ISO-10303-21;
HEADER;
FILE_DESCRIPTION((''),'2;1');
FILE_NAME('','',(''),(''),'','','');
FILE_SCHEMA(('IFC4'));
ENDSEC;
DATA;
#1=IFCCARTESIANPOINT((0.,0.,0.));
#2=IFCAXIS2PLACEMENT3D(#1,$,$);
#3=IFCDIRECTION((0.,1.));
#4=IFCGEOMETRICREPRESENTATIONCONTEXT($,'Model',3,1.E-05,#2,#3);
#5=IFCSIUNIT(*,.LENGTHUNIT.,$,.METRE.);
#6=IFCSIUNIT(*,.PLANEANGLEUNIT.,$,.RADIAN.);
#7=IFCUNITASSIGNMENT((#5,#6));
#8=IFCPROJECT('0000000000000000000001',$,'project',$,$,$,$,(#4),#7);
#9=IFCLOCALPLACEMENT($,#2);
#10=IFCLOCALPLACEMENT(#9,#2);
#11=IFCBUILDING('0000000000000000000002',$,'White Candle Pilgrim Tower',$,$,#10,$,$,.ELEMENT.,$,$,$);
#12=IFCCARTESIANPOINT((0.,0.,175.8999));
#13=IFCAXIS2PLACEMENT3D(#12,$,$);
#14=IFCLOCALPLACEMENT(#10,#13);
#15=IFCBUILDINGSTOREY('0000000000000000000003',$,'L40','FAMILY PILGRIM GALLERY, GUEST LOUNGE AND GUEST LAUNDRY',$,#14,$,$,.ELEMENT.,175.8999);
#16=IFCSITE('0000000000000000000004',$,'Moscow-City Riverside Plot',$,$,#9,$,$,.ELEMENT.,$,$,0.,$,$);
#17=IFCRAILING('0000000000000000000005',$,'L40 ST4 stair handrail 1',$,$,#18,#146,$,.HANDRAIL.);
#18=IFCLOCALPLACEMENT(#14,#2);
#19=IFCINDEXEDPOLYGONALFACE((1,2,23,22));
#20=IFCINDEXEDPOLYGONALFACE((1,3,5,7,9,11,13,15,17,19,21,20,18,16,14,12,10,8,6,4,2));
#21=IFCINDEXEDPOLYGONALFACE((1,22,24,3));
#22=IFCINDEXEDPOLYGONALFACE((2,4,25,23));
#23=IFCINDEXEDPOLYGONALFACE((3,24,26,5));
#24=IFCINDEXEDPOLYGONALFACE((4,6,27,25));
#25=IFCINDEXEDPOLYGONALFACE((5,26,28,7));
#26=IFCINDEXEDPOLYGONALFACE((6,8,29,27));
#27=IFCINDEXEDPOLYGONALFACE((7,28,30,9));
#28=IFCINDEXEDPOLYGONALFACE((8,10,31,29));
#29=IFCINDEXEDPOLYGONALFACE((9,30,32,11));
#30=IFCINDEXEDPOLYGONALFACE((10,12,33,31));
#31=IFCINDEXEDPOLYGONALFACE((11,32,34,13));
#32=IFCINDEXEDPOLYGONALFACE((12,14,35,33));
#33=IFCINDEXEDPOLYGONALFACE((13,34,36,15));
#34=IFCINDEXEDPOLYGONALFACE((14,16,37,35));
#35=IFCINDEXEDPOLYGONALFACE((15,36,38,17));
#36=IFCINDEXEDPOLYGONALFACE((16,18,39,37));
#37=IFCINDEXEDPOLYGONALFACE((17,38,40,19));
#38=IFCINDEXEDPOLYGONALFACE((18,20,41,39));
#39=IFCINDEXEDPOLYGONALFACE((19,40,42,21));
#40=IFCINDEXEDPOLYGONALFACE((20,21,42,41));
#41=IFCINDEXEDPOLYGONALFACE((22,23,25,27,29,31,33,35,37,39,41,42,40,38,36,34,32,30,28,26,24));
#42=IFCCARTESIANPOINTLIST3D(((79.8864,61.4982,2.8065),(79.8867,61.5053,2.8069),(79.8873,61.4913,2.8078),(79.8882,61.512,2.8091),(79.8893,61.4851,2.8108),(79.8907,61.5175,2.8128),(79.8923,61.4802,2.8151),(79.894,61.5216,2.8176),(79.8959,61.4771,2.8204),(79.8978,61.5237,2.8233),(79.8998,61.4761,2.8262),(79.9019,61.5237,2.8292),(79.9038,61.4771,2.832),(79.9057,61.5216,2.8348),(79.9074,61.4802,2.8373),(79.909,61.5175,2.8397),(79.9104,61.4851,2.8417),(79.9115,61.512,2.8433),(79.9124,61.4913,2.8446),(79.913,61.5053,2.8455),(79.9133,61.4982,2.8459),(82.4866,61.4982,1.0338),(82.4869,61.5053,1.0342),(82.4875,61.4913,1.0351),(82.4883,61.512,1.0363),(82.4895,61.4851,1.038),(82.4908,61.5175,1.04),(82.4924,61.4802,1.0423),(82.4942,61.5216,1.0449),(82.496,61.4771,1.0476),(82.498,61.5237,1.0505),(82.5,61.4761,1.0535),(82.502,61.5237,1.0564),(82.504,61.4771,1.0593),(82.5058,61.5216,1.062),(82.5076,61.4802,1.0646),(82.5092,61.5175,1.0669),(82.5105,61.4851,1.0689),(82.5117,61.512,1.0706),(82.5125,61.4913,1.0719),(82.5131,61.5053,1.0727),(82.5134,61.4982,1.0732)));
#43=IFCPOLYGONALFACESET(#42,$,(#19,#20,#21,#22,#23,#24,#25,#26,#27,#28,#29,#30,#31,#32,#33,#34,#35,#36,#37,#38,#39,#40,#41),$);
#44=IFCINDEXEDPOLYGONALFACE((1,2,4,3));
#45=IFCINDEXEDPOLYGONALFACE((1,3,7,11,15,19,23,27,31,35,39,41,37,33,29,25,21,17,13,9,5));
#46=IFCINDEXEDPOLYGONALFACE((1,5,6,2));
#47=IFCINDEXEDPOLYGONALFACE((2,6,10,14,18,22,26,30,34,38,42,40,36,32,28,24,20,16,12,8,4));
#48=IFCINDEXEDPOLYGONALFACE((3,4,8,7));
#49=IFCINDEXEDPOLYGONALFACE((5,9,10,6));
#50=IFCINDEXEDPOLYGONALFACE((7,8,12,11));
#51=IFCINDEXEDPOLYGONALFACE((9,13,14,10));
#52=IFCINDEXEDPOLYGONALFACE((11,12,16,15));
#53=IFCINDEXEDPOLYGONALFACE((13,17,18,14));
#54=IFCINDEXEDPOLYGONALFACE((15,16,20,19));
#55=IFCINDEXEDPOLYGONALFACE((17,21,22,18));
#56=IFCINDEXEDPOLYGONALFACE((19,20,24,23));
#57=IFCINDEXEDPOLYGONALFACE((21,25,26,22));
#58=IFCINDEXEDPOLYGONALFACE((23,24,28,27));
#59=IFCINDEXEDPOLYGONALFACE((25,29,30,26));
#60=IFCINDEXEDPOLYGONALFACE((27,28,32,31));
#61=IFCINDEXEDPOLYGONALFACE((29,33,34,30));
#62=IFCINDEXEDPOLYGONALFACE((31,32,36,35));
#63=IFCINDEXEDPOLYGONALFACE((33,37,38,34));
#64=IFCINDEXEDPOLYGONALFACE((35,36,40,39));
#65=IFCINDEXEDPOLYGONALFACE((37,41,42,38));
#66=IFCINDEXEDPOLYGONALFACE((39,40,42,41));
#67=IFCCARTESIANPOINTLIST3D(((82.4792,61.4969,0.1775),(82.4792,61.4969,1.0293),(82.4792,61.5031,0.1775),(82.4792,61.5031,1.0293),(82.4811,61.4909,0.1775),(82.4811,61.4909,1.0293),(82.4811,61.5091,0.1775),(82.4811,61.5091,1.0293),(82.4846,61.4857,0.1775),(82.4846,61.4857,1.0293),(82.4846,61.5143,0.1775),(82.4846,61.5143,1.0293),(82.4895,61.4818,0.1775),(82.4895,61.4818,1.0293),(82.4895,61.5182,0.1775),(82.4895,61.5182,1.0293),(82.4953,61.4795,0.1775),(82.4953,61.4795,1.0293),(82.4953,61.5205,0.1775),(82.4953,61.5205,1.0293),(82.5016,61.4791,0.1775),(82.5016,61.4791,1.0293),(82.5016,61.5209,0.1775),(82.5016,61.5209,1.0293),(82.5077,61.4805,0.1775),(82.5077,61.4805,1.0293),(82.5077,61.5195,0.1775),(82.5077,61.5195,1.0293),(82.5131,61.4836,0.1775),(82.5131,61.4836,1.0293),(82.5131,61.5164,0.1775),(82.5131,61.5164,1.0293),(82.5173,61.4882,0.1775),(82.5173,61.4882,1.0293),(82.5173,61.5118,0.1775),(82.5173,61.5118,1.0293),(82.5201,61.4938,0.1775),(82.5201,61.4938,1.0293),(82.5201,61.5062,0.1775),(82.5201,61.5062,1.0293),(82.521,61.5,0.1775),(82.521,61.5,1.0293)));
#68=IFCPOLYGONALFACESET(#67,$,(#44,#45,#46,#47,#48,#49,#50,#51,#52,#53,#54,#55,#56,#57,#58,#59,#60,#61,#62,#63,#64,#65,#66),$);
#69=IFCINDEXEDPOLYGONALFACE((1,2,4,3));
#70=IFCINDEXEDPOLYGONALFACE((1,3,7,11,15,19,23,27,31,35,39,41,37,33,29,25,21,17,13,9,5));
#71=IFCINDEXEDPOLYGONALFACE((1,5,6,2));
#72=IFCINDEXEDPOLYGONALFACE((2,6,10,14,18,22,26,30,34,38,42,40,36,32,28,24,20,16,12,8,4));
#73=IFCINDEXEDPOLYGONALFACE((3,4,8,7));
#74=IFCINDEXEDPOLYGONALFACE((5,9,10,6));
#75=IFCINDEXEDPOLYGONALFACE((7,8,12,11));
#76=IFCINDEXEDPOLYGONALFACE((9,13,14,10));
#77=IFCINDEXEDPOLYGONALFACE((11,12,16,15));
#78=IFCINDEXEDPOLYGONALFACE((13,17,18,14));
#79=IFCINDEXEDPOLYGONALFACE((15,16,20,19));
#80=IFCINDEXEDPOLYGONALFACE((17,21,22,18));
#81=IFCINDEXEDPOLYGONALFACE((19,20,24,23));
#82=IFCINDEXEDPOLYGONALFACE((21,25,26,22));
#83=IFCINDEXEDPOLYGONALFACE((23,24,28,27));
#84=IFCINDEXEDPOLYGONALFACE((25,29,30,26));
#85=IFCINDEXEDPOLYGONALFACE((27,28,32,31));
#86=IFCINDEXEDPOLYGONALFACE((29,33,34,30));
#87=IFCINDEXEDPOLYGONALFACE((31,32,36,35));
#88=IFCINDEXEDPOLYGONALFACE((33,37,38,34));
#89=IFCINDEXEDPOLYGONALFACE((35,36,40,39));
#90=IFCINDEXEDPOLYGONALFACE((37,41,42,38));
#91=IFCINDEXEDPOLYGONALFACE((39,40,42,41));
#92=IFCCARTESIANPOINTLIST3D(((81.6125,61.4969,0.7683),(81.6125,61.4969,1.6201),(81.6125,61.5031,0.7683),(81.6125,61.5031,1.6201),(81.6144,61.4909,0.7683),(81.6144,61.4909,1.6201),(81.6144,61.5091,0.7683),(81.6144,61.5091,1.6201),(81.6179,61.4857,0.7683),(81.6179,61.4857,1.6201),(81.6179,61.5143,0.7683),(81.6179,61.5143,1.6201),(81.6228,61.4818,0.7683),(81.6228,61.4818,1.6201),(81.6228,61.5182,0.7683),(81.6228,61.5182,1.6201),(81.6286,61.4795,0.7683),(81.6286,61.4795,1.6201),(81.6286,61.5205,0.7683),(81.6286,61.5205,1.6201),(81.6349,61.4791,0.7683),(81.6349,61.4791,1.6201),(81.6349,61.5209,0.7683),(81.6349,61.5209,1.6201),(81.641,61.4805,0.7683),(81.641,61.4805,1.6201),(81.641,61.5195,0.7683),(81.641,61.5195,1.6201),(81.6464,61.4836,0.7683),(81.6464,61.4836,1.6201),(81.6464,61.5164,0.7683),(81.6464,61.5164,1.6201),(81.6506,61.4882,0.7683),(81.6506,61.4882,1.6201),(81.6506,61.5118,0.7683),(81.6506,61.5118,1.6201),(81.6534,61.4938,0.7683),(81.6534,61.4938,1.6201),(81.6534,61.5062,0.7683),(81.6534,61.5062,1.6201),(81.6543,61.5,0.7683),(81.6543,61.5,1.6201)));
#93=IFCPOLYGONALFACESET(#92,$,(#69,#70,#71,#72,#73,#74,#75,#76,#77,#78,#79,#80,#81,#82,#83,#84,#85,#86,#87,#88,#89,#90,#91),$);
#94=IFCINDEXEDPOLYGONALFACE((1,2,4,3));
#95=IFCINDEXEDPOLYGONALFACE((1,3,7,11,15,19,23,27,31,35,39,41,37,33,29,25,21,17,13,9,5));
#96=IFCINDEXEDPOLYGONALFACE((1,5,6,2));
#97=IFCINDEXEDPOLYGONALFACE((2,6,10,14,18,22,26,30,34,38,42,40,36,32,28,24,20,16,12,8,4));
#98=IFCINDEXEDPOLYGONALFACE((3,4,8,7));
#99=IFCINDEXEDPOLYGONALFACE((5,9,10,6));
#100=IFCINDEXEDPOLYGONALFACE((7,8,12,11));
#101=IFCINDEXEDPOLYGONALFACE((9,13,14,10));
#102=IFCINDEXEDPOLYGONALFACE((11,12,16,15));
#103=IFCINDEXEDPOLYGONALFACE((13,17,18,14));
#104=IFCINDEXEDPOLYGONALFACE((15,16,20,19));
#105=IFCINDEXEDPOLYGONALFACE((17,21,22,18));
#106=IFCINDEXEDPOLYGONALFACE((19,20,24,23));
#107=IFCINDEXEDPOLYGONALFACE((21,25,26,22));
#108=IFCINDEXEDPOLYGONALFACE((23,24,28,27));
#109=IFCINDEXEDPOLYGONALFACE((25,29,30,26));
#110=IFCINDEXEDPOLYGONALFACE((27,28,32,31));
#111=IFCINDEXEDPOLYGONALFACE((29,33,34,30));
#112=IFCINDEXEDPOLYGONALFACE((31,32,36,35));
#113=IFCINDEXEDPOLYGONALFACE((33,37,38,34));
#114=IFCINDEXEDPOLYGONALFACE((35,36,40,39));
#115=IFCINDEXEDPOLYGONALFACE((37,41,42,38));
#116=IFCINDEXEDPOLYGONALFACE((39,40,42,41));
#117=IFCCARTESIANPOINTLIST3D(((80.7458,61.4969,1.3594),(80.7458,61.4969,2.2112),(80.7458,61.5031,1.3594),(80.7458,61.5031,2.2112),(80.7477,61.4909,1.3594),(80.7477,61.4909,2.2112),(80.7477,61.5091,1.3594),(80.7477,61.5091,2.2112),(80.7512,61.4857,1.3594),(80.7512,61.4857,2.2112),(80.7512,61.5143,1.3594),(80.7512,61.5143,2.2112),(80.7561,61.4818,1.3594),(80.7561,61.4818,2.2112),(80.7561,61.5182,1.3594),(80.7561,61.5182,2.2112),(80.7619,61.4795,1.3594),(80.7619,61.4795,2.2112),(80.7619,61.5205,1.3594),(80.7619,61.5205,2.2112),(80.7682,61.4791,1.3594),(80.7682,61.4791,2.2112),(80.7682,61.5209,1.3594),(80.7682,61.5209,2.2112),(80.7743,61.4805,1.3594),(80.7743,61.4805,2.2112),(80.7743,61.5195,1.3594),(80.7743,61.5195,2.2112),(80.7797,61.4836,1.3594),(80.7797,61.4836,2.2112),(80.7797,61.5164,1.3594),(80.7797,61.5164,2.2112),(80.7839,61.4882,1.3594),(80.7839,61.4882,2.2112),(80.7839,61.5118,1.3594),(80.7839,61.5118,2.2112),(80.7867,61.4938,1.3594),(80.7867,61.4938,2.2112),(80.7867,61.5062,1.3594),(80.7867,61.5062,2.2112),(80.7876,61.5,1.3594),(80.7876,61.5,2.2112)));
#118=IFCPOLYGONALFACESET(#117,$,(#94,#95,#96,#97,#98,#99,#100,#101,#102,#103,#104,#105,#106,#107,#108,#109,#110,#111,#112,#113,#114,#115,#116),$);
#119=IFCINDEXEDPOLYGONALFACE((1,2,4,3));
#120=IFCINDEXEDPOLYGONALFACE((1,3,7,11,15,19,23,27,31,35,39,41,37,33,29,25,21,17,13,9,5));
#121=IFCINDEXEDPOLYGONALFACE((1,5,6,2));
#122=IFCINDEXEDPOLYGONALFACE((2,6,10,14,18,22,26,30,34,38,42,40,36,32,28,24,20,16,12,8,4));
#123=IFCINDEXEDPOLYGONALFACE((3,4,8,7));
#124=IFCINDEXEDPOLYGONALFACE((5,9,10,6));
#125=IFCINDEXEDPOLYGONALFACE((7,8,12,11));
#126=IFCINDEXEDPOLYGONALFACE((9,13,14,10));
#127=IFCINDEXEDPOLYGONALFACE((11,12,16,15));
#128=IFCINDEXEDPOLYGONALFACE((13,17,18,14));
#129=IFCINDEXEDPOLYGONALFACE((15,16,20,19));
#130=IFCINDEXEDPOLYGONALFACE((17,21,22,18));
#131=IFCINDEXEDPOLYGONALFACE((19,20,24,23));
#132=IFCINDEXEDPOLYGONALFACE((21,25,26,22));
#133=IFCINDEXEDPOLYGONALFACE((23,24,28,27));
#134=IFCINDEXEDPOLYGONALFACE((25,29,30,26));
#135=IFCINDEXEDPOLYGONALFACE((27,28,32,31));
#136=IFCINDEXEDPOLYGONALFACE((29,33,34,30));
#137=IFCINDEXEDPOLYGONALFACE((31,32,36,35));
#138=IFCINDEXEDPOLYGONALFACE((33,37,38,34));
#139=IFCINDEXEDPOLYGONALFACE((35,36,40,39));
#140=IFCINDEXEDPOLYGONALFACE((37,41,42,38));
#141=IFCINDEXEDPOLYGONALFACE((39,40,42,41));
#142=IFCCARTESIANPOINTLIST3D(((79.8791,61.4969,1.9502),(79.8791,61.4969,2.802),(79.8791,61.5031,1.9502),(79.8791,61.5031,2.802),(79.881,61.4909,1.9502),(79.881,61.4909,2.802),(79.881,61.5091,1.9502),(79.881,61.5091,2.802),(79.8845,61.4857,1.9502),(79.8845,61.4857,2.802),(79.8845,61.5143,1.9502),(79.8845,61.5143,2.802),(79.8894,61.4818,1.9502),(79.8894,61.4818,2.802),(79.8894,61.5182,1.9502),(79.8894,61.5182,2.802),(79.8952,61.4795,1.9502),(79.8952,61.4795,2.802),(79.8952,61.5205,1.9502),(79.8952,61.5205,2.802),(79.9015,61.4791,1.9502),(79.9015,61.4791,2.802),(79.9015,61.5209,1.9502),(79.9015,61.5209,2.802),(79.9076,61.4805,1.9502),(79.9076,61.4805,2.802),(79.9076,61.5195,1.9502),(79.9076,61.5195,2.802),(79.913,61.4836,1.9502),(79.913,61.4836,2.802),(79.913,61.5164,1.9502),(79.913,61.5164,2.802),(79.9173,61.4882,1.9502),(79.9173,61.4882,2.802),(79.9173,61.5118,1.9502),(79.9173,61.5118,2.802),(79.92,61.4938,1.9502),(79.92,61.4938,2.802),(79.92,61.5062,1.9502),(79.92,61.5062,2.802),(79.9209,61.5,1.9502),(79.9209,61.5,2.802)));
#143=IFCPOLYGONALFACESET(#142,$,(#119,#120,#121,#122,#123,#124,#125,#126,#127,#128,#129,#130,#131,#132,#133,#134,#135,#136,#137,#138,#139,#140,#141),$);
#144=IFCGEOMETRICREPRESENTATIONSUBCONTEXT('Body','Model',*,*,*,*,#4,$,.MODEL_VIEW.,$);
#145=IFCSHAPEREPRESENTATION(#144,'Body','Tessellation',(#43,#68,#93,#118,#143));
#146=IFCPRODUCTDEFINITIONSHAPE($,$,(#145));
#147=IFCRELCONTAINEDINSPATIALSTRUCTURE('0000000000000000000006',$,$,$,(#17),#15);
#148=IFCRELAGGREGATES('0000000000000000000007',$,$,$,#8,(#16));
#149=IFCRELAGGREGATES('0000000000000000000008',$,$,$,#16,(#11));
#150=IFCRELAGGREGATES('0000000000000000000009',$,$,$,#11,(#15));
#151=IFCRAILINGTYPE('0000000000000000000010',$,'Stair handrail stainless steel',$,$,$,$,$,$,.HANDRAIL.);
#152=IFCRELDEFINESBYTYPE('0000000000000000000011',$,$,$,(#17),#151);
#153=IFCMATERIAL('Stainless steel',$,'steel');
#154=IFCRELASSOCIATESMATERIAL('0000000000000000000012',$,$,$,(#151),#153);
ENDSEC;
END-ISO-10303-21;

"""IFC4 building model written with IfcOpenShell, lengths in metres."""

from ifc_helpers import new_model, si_unit, direction, frame, origin, origin_2d, place, context, subcontext, project, spatial, circle, extrude, material, type_object, element, save


model = new_model("IFC4")

# Units and contexts
model_context = context("Model", 3, precision=1e-05, world=origin(), true_north=direction((0.0, 1.0)))
body_context = subcontext(model_context, "Body", "Model", "MODEL_VIEW")
ifc_project = project(units=[si_unit("LENGTHUNIT", "METRE"), si_unit("PLANEANGLEUNIT", "RADIAN")], contexts=[model_context])

# Site, building, storey
site_placement = place(None, origin())
site = spatial("IfcSite", under=ifc_project, at=site_placement, Name="Moscow-City Riverside Plot", CompositionType="ELEMENT", RefElevation=0.0)
building_placement = place(site_placement, origin())
building = spatial("IfcBuilding", under=site, at=building_placement, Name="White Candle Pilgrim Tower", CompositionType="ELEMENT")
storey_placement = place(building_placement, frame((0.0, 0.0, 175.8999)))
storey = spatial("IfcBuildingStorey", under=building, at=storey_placement, Name="L40", Description="FAMILY PILGRIM GALLERY, GUEST LOUNGE AND GUEST LAUNDRY", CompositionType="ELEMENT", Elevation=175.8999)

# Railing
ifc_material_1 = material(Name="Stainless steel", Category="steel")
railing_type_1 = type_object("IfcRailingType", Name="Stair handrail stainless steel", PredefinedType="HANDRAIL", material=ifc_material_1)
railing_1_placement = place(storey_placement, frame((82.5, 61.5, 0.1775)))
element("IfcRailing", 1, at=railing_1_placement, inside=storey, type_object=railing_type_1, Name="L40 ST4 stair handrail 1", PredefinedType="HANDRAIL", context=body_context, shape_type="SweptSolid", body=[
    extrude(circle(Radius=0.0239, at=origin_2d()), frame((0.0, 0.0, 0.876), z_axis=(-0.82624, 0.0, 0.563318), x_axis=(0.0, -1.0, 0.0)), (0.0, 0.0, 1.0), 3.147),
    extrude(circle(Radius=0.021, at=origin_2d()), origin(), (0.0, 0.0, 1.0), 0.8518),
    extrude(circle(Radius=0.021, at=origin_2d()), frame((-0.8667, 0.0, 0.5908)), (0.0, 0.0, 1.0), 0.8518),
    extrude(circle(Radius=0.021, at=origin_2d()), frame((-1.7334, 0.0, 1.1819)), (0.0, 0.0, 1.0), 0.8518),
    extrude(circle(Radius=0.021, at=origin_2d()), frame((-2.6001, 0.0, 1.7727)), (0.0, 0.0, 1.0), 0.8518),
])

save(model, "model.ifc")
